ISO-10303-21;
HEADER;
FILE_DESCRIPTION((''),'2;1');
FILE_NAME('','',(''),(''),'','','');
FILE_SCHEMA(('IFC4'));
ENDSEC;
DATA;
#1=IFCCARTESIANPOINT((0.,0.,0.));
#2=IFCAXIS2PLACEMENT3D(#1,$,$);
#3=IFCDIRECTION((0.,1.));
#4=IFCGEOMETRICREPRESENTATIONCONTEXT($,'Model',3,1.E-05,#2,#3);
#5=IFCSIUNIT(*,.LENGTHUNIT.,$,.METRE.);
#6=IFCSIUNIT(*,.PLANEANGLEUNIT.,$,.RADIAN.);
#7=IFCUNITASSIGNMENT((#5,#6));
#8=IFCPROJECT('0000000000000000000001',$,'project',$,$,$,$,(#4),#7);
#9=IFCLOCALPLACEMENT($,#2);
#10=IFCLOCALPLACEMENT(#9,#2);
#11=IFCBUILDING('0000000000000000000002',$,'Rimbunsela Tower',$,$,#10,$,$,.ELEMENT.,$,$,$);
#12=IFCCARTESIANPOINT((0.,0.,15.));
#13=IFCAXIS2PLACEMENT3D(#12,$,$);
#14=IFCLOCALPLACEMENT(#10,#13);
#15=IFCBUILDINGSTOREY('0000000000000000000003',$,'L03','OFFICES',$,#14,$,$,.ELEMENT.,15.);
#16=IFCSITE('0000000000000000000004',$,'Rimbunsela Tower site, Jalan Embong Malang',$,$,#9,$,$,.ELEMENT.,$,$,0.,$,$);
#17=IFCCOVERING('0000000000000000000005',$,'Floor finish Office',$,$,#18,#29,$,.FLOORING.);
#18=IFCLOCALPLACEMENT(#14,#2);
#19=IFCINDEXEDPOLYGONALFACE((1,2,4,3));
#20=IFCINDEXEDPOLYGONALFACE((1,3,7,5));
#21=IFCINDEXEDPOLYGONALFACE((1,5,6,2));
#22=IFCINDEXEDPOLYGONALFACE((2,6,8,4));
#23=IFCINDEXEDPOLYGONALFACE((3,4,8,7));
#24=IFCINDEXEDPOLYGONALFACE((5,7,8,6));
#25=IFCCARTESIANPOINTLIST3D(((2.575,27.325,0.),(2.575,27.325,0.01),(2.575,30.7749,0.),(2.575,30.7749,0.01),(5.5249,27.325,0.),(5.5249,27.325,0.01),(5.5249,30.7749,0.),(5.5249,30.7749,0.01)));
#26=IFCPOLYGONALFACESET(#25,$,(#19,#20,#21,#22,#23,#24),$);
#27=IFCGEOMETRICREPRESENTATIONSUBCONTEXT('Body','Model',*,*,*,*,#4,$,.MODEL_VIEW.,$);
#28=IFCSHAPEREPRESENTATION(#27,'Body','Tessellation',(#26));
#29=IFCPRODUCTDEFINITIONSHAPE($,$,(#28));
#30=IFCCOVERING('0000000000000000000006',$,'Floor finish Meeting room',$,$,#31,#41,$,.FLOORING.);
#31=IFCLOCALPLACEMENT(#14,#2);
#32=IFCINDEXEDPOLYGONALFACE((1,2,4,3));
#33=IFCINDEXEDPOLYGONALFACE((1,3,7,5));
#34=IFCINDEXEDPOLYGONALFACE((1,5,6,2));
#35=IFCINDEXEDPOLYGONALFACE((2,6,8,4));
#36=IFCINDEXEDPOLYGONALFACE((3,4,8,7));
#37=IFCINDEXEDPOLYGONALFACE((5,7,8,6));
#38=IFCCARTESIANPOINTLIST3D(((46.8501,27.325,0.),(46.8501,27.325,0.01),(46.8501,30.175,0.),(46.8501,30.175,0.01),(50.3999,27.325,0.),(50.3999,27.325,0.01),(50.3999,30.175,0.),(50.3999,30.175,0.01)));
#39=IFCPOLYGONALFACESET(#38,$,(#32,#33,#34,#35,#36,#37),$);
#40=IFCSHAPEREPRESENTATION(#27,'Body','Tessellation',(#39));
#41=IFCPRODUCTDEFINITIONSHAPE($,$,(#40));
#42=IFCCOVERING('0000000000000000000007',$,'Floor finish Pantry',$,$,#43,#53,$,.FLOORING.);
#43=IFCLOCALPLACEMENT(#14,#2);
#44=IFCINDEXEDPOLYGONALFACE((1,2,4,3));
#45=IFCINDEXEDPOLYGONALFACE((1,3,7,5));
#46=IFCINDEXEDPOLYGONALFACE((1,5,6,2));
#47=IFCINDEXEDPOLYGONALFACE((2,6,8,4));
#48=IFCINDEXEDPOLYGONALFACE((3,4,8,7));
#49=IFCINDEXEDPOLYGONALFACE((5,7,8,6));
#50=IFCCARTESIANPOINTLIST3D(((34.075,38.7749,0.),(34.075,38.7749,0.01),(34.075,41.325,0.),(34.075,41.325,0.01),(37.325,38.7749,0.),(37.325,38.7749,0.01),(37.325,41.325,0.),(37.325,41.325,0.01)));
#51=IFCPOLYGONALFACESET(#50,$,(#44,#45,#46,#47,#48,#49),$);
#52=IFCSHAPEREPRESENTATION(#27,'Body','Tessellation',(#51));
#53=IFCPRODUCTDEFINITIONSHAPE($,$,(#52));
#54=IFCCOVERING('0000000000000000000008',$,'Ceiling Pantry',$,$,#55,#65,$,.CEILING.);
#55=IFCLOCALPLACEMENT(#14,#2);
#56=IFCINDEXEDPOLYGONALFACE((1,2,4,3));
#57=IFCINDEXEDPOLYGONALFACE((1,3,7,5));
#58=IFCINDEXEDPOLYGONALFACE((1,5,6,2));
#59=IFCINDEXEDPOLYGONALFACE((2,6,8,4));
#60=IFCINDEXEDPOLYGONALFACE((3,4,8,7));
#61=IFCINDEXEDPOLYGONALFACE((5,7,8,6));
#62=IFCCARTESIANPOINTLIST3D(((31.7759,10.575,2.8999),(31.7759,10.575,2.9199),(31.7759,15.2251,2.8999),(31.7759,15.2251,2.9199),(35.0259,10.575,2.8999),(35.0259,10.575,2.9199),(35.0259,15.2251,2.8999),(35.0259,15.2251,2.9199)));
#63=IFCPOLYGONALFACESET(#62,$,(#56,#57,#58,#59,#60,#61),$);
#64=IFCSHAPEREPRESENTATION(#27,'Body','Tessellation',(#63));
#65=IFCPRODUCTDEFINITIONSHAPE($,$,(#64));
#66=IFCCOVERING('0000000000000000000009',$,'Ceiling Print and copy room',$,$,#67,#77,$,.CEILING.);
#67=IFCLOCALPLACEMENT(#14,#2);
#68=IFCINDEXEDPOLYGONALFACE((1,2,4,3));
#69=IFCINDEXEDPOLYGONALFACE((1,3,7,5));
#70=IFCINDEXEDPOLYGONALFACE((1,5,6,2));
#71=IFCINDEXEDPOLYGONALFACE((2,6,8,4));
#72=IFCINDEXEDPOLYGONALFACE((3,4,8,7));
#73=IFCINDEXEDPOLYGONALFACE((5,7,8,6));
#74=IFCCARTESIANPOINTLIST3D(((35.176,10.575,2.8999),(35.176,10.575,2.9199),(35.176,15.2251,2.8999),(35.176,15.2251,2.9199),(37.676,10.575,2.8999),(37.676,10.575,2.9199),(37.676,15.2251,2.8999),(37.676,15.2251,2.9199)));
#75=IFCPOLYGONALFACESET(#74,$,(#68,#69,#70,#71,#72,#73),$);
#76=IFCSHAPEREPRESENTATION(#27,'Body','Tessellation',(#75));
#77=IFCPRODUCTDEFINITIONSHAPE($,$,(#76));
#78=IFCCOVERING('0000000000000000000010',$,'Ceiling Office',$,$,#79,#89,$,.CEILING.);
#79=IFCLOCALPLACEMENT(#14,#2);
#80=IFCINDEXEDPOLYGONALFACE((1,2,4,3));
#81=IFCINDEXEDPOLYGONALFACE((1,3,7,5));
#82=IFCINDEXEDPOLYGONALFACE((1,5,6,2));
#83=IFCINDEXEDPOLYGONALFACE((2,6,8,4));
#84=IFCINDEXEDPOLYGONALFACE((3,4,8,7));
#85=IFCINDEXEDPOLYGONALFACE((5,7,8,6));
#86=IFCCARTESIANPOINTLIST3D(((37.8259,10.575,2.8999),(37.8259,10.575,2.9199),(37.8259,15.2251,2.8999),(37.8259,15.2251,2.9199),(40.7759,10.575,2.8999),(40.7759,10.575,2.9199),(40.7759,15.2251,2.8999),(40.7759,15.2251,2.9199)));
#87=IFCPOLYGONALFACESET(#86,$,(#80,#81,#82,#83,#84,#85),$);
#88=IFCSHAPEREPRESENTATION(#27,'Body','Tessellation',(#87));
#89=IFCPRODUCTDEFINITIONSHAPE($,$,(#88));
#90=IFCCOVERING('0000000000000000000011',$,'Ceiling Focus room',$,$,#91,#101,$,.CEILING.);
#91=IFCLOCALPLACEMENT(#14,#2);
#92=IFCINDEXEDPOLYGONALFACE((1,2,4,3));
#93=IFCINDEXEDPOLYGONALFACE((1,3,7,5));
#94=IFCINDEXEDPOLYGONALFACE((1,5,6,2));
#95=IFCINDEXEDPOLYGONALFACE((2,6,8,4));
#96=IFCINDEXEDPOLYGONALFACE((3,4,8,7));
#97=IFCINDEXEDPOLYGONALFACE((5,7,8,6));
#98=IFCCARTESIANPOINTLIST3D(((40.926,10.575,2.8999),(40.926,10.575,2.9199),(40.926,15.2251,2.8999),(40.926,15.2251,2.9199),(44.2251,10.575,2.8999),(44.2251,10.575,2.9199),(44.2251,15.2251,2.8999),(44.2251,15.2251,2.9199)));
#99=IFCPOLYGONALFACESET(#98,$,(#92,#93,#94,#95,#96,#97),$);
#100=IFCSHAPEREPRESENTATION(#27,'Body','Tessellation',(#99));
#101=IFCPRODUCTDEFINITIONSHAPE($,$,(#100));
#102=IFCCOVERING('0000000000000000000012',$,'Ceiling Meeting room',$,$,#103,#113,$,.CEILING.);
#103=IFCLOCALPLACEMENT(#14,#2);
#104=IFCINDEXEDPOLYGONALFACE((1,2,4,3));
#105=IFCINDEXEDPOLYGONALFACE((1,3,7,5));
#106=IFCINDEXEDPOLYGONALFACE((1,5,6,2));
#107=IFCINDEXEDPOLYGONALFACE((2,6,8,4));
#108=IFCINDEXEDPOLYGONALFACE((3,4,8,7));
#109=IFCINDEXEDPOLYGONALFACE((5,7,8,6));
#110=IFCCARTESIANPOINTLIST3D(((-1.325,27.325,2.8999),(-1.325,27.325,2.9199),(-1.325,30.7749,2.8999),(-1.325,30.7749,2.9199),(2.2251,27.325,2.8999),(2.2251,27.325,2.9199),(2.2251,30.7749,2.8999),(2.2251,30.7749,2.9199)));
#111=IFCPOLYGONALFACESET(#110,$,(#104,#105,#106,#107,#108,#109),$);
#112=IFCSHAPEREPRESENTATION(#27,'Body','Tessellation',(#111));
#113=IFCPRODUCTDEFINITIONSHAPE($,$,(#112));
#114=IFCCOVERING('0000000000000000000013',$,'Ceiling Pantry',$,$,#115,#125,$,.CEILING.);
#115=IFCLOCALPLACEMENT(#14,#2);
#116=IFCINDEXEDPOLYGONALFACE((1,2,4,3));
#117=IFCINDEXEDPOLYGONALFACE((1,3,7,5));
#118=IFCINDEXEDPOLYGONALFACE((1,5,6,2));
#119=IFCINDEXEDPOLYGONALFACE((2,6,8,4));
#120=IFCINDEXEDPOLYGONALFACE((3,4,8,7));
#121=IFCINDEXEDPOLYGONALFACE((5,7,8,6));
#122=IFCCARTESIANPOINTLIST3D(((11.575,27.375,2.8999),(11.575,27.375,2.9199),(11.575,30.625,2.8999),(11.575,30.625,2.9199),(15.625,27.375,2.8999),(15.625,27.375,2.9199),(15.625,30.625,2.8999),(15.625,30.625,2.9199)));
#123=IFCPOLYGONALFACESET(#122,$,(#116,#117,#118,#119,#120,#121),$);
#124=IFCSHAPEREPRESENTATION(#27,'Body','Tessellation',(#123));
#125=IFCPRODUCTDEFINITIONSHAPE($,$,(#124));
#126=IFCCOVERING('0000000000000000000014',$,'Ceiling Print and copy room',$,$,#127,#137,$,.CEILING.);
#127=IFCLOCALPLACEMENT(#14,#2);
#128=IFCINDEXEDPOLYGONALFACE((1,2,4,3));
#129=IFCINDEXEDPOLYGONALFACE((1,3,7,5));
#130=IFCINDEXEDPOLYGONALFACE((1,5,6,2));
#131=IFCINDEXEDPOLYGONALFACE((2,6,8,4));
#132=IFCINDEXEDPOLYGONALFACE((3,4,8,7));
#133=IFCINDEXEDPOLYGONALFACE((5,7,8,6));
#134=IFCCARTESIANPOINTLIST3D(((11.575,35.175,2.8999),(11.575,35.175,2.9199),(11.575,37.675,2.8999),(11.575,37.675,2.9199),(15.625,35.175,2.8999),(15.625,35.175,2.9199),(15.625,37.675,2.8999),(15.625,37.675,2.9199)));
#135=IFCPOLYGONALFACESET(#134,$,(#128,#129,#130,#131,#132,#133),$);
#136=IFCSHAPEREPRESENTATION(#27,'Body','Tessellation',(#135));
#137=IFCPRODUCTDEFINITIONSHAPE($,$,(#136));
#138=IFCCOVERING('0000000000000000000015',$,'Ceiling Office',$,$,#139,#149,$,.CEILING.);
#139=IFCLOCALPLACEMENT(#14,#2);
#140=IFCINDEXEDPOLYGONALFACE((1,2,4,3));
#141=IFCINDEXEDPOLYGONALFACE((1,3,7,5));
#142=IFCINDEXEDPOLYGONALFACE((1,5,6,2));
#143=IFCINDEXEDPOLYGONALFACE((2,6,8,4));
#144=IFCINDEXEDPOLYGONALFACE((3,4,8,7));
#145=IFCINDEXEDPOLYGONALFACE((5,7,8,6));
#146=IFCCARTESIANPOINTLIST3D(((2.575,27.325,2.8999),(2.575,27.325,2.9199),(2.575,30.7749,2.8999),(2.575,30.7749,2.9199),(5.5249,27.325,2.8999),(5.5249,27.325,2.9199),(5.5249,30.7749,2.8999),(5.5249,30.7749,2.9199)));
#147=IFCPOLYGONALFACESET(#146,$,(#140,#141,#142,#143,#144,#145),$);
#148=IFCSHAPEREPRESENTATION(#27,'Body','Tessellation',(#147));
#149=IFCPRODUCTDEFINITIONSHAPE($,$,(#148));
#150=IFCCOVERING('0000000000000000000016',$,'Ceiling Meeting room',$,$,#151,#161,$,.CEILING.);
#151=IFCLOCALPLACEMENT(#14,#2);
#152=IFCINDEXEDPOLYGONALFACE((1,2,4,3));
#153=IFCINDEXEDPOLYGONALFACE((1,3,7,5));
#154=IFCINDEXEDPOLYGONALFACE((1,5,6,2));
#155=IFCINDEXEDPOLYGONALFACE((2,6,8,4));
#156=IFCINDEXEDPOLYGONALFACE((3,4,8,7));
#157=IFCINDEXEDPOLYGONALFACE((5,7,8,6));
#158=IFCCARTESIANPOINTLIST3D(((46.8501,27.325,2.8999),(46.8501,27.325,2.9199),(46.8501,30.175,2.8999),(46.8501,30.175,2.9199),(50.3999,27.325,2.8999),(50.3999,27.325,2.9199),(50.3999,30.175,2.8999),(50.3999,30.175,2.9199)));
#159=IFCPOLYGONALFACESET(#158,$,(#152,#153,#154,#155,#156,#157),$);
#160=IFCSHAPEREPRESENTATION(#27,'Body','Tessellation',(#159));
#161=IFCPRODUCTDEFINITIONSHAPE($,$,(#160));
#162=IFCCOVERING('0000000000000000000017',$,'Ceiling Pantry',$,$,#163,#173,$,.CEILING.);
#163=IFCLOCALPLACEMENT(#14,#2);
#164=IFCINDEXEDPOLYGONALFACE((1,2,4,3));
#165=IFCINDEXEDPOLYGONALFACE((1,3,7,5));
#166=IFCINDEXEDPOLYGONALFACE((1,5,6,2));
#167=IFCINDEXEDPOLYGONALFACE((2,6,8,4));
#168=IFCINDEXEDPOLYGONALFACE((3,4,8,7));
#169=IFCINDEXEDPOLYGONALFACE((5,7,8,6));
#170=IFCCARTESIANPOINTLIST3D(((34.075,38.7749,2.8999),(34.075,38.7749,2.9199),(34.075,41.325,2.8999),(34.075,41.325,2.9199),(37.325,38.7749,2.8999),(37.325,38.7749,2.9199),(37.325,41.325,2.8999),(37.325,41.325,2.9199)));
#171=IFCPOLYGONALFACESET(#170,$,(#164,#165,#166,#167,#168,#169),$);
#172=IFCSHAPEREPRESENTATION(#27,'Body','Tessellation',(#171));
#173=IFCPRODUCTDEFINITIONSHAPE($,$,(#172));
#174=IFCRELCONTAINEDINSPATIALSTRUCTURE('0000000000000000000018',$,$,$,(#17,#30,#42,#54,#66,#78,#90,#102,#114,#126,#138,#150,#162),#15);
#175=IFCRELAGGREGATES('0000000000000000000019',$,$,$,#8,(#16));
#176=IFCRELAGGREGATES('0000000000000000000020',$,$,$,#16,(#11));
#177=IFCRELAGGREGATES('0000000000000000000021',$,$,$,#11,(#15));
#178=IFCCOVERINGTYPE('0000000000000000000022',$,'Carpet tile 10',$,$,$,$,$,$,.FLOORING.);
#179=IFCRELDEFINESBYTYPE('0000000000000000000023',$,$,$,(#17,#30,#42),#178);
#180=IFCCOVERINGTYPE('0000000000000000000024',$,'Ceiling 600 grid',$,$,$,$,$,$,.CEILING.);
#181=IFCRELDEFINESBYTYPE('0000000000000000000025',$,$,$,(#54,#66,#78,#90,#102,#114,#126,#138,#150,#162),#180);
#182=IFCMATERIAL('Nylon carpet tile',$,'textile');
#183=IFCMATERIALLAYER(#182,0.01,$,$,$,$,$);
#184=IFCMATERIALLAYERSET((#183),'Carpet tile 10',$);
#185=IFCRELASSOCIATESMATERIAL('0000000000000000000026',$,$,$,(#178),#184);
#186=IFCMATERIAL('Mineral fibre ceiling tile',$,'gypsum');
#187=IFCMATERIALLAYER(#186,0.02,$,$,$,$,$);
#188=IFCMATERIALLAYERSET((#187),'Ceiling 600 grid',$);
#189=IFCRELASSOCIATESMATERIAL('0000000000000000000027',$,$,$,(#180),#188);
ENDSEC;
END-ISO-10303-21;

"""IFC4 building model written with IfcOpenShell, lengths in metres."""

from ifc_helpers import new_model, si_unit, direction, frame, origin, place, context, subcontext, project, spatial, polyline, outline, extrude, material, layer, layer_set, type_object, element, save


model = new_model("IFC4")

# Units and contexts
model_context = context("Model", 3, precision=1e-05, world=origin(), true_north=direction((0.0, 1.0)))
body_context = subcontext(model_context, "Body", "Model", "MODEL_VIEW")
ifc_project = project(units=[si_unit("LENGTHUNIT", "METRE"), si_unit("PLANEANGLEUNIT", "RADIAN")], contexts=[model_context])

# Site, building, storey
site_placement = place(None, origin())
site = spatial("IfcSite", under=ifc_project, at=site_placement, Name="Rimbunsela Tower site, Jalan Embong Malang", CompositionType="ELEMENT", RefElevation=0.0)
building_placement = place(site_placement, origin())
building = spatial("IfcBuilding", under=site, at=building_placement, Name="Rimbunsela Tower", CompositionType="ELEMENT")
storey_placement = place(building_placement, frame((0.0, 0.0, 15.0)))
storey = spatial("IfcBuildingStorey", under=building, at=storey_placement, Name="L03", Description="OFFICES", CompositionType="ELEMENT", Elevation=15.0)

# Coverings
ifc_material_1 = material(Name="Nylon carpet tile", Category="textile")
ifc_layer_1 = layer(ifc_material_1, 0.01)
ifc_layer_set_1 = layer_set([ifc_layer_1], Name="Carpet tile 10")
covering_type_1 = type_object("IfcCoveringType", Name="Carpet tile 10", PredefinedType="FLOORING", material=ifc_layer_set_1)
covering_1_placement = place(storey_placement, origin())
element("IfcCovering", 1, at=covering_1_placement, inside=storey, type_object=covering_type_1, Name="Floor finish Office", PredefinedType="FLOORING", context=body_context, shape_type="SweptSolid", body=[
    extrude(outline(polyline([(5.5249, 27.325), (5.5249, 30.7749), (2.575, 30.7749), (2.575, 27.325), (5.5249, 27.325)])), origin(), (0.0, 0.0, 1.0), 0.01),
])
covering_2_placement = place(storey_placement, origin())
element("IfcCovering", 2, at=covering_2_placement, inside=storey, type_object=covering_type_1, Name="Floor finish Meeting room", PredefinedType="FLOORING", context=body_context, shape_type="SweptSolid", body=[
    extrude(outline(polyline([(50.3999, 27.325), (50.3999, 30.175), (46.8501, 30.175), (46.8501, 27.325), (50.3999, 27.325)])), origin(), (0.0, 0.0, 1.0), 0.01),
])
covering_3_placement = place(storey_placement, origin())
element("IfcCovering", 3, at=covering_3_placement, inside=storey, type_object=covering_type_1, Name="Floor finish Pantry", PredefinedType="FLOORING", context=body_context, shape_type="SweptSolid", body=[
    extrude(outline(polyline([(37.325, 38.7749), (37.325, 41.325), (34.075, 41.325), (34.075, 38.7749), (37.325, 38.7749)])), origin(), (0.0, 0.0, 1.0), 0.01),
])
ifc_material_2 = material(Name="Mineral fibre ceiling tile", Category="gypsum")
ifc_layer_2 = layer(ifc_material_2, 0.02)
ifc_layer_set_2 = layer_set([ifc_layer_2], Name="Ceiling 600 grid")
covering_type_2 = type_object("IfcCoveringType", Name="Ceiling 600 grid", PredefinedType="CEILING", material=ifc_layer_set_2)
covering_4_placement = place(storey_placement, frame((0.0, 0.0, 2.8999)))
element("IfcCovering", 4, at=covering_4_placement, inside=storey, type_object=covering_type_2, Name="Ceiling Pantry", PredefinedType="CEILING", context=body_context, shape_type="SweptSolid", body=[
    extrude(outline(polyline([(35.0259, 10.575), (35.0259, 15.2251), (31.7759, 15.2251), (31.7759, 10.575), (35.0259, 10.575)])), origin(), (0.0, 0.0, 1.0), 0.02),
])
covering_5_placement = place(storey_placement, frame((0.0, 0.0, 2.8999)))
element("IfcCovering", 5, at=covering_5_placement, inside=storey, type_object=covering_type_2, Name="Ceiling Print and copy room", PredefinedType="CEILING", context=body_context, shape_type="SweptSolid", body=[
    extrude(outline(polyline([(37.676, 10.575), (37.676, 15.2251), (35.176, 15.2251), (35.176, 10.575), (37.676, 10.575)])), origin(), (0.0, 0.0, 1.0), 0.02),
])
covering_6_placement = place(storey_placement, frame((0.0, 0.0, 2.8999)))
element("IfcCovering", 6, at=covering_6_placement, inside=storey, type_object=covering_type_2, Name="Ceiling Office", PredefinedType="CEILING", context=body_context, shape_type="SweptSolid", body=[
    extrude(outline(polyline([(40.7759, 10.575), (40.7759, 15.2251), (37.8259, 15.2251), (37.8259, 10.575), (40.7759, 10.575)])), origin(), (0.0, 0.0, 1.0), 0.02),
])
covering_7_placement = place(storey_placement, frame((0.0, 0.0, 2.8999)))
element("IfcCovering", 7, at=covering_7_placement, inside=storey, type_object=covering_type_2, Name="Ceiling Focus room", PredefinedType="CEILING", context=body_context, shape_type="SweptSolid", body=[
    extrude(outline(polyline([(44.2251, 10.575), (44.2251, 15.2251), (40.926, 15.2251), (40.926, 10.575), (44.2251, 10.575)])), origin(), (0.0, 0.0, 1.0), 0.02),
])
covering_8_placement = place(storey_placement, frame((0.0, 0.0, 2.8999)))
element("IfcCovering", 8, at=covering_8_placement, inside=storey, type_object=covering_type_2, Name="Ceiling Meeting room", PredefinedType="CEILING", context=body_context, shape_type="SweptSolid", body=[
    extrude(outline(polyline([(2.2251, 27.325), (2.2251, 30.7749), (-1.325, 30.7749), (-1.325, 27.325), (2.2251, 27.325)])), origin(), (0.0, 0.0, 1.0), 0.02),
])
covering_9_placement = place(storey_placement, frame((0.0, 0.0, 2.8999)))
element("IfcCovering", 9, at=covering_9_placement, inside=storey, type_object=covering_type_2, Name="Ceiling Pantry", PredefinedType="CEILING", context=body_context, shape_type="SweptSolid", body=[
    extrude(outline(polyline([(15.625, 27.375), (15.625, 30.625), (11.575, 30.625), (11.575, 27.375), (15.625, 27.375)])), origin(), (0.0, 0.0, 1.0), 0.02),
])
covering_10_placement = place(storey_placement, frame((0.0, 0.0, 2.8999)))
element("IfcCovering", 10, at=covering_10_placement, inside=storey, type_object=covering_type_2, Name="Ceiling Print and copy room", PredefinedType="CEILING", context=body_context, shape_type="SweptSolid", body=[
    extrude(outline(polyline([(15.625, 35.175), (15.625, 37.675), (11.575, 37.675), (11.575, 35.175), (15.625, 35.175)])), origin(), (0.0, 0.0, 1.0), 0.02),
])
covering_11_placement = place(storey_placement, frame((0.0, 0.0, 2.8999)))
element("IfcCovering", 11, at=covering_11_placement, inside=storey, type_object=covering_type_2, Name="Ceiling Office", PredefinedType="CEILING", context=body_context, shape_type="SweptSolid", body=[
    extrude(outline(polyline([(5.5249, 27.325), (5.5249, 30.7749), (2.575, 30.7749), (2.575, 27.325), (5.5249, 27.325)])), origin(), (0.0, 0.0, 1.0), 0.02),
])
covering_12_placement = place(storey_placement, frame((0.0, 0.0, 2.8999)))
element("IfcCovering", 12, at=covering_12_placement, inside=storey, type_object=covering_type_2, Name="Ceiling Meeting room", PredefinedType="CEILING", context=body_context, shape_type="SweptSolid", body=[
    extrude(outline(polyline([(50.3999, 27.325), (50.3999, 30.175), (46.8501, 30.175), (46.8501, 27.325), (50.3999, 27.325)])), origin(), (0.0, 0.0, 1.0), 0.02),
])
covering_13_placement = place(storey_placement, frame((0.0, 0.0, 2.8999)))
element("IfcCovering", 13, at=covering_13_placement, inside=storey, type_object=covering_type_2, Name="Ceiling Pantry", PredefinedType="CEILING", context=body_context, shape_type="SweptSolid", body=[
    extrude(outline(polyline([(37.325, 38.7749), (37.325, 41.325), (34.075, 41.325), (34.075, 38.7749), (37.325, 38.7749)])), origin(), (0.0, 0.0, 1.0), 0.02),
])

save(model, "model.ifc")
